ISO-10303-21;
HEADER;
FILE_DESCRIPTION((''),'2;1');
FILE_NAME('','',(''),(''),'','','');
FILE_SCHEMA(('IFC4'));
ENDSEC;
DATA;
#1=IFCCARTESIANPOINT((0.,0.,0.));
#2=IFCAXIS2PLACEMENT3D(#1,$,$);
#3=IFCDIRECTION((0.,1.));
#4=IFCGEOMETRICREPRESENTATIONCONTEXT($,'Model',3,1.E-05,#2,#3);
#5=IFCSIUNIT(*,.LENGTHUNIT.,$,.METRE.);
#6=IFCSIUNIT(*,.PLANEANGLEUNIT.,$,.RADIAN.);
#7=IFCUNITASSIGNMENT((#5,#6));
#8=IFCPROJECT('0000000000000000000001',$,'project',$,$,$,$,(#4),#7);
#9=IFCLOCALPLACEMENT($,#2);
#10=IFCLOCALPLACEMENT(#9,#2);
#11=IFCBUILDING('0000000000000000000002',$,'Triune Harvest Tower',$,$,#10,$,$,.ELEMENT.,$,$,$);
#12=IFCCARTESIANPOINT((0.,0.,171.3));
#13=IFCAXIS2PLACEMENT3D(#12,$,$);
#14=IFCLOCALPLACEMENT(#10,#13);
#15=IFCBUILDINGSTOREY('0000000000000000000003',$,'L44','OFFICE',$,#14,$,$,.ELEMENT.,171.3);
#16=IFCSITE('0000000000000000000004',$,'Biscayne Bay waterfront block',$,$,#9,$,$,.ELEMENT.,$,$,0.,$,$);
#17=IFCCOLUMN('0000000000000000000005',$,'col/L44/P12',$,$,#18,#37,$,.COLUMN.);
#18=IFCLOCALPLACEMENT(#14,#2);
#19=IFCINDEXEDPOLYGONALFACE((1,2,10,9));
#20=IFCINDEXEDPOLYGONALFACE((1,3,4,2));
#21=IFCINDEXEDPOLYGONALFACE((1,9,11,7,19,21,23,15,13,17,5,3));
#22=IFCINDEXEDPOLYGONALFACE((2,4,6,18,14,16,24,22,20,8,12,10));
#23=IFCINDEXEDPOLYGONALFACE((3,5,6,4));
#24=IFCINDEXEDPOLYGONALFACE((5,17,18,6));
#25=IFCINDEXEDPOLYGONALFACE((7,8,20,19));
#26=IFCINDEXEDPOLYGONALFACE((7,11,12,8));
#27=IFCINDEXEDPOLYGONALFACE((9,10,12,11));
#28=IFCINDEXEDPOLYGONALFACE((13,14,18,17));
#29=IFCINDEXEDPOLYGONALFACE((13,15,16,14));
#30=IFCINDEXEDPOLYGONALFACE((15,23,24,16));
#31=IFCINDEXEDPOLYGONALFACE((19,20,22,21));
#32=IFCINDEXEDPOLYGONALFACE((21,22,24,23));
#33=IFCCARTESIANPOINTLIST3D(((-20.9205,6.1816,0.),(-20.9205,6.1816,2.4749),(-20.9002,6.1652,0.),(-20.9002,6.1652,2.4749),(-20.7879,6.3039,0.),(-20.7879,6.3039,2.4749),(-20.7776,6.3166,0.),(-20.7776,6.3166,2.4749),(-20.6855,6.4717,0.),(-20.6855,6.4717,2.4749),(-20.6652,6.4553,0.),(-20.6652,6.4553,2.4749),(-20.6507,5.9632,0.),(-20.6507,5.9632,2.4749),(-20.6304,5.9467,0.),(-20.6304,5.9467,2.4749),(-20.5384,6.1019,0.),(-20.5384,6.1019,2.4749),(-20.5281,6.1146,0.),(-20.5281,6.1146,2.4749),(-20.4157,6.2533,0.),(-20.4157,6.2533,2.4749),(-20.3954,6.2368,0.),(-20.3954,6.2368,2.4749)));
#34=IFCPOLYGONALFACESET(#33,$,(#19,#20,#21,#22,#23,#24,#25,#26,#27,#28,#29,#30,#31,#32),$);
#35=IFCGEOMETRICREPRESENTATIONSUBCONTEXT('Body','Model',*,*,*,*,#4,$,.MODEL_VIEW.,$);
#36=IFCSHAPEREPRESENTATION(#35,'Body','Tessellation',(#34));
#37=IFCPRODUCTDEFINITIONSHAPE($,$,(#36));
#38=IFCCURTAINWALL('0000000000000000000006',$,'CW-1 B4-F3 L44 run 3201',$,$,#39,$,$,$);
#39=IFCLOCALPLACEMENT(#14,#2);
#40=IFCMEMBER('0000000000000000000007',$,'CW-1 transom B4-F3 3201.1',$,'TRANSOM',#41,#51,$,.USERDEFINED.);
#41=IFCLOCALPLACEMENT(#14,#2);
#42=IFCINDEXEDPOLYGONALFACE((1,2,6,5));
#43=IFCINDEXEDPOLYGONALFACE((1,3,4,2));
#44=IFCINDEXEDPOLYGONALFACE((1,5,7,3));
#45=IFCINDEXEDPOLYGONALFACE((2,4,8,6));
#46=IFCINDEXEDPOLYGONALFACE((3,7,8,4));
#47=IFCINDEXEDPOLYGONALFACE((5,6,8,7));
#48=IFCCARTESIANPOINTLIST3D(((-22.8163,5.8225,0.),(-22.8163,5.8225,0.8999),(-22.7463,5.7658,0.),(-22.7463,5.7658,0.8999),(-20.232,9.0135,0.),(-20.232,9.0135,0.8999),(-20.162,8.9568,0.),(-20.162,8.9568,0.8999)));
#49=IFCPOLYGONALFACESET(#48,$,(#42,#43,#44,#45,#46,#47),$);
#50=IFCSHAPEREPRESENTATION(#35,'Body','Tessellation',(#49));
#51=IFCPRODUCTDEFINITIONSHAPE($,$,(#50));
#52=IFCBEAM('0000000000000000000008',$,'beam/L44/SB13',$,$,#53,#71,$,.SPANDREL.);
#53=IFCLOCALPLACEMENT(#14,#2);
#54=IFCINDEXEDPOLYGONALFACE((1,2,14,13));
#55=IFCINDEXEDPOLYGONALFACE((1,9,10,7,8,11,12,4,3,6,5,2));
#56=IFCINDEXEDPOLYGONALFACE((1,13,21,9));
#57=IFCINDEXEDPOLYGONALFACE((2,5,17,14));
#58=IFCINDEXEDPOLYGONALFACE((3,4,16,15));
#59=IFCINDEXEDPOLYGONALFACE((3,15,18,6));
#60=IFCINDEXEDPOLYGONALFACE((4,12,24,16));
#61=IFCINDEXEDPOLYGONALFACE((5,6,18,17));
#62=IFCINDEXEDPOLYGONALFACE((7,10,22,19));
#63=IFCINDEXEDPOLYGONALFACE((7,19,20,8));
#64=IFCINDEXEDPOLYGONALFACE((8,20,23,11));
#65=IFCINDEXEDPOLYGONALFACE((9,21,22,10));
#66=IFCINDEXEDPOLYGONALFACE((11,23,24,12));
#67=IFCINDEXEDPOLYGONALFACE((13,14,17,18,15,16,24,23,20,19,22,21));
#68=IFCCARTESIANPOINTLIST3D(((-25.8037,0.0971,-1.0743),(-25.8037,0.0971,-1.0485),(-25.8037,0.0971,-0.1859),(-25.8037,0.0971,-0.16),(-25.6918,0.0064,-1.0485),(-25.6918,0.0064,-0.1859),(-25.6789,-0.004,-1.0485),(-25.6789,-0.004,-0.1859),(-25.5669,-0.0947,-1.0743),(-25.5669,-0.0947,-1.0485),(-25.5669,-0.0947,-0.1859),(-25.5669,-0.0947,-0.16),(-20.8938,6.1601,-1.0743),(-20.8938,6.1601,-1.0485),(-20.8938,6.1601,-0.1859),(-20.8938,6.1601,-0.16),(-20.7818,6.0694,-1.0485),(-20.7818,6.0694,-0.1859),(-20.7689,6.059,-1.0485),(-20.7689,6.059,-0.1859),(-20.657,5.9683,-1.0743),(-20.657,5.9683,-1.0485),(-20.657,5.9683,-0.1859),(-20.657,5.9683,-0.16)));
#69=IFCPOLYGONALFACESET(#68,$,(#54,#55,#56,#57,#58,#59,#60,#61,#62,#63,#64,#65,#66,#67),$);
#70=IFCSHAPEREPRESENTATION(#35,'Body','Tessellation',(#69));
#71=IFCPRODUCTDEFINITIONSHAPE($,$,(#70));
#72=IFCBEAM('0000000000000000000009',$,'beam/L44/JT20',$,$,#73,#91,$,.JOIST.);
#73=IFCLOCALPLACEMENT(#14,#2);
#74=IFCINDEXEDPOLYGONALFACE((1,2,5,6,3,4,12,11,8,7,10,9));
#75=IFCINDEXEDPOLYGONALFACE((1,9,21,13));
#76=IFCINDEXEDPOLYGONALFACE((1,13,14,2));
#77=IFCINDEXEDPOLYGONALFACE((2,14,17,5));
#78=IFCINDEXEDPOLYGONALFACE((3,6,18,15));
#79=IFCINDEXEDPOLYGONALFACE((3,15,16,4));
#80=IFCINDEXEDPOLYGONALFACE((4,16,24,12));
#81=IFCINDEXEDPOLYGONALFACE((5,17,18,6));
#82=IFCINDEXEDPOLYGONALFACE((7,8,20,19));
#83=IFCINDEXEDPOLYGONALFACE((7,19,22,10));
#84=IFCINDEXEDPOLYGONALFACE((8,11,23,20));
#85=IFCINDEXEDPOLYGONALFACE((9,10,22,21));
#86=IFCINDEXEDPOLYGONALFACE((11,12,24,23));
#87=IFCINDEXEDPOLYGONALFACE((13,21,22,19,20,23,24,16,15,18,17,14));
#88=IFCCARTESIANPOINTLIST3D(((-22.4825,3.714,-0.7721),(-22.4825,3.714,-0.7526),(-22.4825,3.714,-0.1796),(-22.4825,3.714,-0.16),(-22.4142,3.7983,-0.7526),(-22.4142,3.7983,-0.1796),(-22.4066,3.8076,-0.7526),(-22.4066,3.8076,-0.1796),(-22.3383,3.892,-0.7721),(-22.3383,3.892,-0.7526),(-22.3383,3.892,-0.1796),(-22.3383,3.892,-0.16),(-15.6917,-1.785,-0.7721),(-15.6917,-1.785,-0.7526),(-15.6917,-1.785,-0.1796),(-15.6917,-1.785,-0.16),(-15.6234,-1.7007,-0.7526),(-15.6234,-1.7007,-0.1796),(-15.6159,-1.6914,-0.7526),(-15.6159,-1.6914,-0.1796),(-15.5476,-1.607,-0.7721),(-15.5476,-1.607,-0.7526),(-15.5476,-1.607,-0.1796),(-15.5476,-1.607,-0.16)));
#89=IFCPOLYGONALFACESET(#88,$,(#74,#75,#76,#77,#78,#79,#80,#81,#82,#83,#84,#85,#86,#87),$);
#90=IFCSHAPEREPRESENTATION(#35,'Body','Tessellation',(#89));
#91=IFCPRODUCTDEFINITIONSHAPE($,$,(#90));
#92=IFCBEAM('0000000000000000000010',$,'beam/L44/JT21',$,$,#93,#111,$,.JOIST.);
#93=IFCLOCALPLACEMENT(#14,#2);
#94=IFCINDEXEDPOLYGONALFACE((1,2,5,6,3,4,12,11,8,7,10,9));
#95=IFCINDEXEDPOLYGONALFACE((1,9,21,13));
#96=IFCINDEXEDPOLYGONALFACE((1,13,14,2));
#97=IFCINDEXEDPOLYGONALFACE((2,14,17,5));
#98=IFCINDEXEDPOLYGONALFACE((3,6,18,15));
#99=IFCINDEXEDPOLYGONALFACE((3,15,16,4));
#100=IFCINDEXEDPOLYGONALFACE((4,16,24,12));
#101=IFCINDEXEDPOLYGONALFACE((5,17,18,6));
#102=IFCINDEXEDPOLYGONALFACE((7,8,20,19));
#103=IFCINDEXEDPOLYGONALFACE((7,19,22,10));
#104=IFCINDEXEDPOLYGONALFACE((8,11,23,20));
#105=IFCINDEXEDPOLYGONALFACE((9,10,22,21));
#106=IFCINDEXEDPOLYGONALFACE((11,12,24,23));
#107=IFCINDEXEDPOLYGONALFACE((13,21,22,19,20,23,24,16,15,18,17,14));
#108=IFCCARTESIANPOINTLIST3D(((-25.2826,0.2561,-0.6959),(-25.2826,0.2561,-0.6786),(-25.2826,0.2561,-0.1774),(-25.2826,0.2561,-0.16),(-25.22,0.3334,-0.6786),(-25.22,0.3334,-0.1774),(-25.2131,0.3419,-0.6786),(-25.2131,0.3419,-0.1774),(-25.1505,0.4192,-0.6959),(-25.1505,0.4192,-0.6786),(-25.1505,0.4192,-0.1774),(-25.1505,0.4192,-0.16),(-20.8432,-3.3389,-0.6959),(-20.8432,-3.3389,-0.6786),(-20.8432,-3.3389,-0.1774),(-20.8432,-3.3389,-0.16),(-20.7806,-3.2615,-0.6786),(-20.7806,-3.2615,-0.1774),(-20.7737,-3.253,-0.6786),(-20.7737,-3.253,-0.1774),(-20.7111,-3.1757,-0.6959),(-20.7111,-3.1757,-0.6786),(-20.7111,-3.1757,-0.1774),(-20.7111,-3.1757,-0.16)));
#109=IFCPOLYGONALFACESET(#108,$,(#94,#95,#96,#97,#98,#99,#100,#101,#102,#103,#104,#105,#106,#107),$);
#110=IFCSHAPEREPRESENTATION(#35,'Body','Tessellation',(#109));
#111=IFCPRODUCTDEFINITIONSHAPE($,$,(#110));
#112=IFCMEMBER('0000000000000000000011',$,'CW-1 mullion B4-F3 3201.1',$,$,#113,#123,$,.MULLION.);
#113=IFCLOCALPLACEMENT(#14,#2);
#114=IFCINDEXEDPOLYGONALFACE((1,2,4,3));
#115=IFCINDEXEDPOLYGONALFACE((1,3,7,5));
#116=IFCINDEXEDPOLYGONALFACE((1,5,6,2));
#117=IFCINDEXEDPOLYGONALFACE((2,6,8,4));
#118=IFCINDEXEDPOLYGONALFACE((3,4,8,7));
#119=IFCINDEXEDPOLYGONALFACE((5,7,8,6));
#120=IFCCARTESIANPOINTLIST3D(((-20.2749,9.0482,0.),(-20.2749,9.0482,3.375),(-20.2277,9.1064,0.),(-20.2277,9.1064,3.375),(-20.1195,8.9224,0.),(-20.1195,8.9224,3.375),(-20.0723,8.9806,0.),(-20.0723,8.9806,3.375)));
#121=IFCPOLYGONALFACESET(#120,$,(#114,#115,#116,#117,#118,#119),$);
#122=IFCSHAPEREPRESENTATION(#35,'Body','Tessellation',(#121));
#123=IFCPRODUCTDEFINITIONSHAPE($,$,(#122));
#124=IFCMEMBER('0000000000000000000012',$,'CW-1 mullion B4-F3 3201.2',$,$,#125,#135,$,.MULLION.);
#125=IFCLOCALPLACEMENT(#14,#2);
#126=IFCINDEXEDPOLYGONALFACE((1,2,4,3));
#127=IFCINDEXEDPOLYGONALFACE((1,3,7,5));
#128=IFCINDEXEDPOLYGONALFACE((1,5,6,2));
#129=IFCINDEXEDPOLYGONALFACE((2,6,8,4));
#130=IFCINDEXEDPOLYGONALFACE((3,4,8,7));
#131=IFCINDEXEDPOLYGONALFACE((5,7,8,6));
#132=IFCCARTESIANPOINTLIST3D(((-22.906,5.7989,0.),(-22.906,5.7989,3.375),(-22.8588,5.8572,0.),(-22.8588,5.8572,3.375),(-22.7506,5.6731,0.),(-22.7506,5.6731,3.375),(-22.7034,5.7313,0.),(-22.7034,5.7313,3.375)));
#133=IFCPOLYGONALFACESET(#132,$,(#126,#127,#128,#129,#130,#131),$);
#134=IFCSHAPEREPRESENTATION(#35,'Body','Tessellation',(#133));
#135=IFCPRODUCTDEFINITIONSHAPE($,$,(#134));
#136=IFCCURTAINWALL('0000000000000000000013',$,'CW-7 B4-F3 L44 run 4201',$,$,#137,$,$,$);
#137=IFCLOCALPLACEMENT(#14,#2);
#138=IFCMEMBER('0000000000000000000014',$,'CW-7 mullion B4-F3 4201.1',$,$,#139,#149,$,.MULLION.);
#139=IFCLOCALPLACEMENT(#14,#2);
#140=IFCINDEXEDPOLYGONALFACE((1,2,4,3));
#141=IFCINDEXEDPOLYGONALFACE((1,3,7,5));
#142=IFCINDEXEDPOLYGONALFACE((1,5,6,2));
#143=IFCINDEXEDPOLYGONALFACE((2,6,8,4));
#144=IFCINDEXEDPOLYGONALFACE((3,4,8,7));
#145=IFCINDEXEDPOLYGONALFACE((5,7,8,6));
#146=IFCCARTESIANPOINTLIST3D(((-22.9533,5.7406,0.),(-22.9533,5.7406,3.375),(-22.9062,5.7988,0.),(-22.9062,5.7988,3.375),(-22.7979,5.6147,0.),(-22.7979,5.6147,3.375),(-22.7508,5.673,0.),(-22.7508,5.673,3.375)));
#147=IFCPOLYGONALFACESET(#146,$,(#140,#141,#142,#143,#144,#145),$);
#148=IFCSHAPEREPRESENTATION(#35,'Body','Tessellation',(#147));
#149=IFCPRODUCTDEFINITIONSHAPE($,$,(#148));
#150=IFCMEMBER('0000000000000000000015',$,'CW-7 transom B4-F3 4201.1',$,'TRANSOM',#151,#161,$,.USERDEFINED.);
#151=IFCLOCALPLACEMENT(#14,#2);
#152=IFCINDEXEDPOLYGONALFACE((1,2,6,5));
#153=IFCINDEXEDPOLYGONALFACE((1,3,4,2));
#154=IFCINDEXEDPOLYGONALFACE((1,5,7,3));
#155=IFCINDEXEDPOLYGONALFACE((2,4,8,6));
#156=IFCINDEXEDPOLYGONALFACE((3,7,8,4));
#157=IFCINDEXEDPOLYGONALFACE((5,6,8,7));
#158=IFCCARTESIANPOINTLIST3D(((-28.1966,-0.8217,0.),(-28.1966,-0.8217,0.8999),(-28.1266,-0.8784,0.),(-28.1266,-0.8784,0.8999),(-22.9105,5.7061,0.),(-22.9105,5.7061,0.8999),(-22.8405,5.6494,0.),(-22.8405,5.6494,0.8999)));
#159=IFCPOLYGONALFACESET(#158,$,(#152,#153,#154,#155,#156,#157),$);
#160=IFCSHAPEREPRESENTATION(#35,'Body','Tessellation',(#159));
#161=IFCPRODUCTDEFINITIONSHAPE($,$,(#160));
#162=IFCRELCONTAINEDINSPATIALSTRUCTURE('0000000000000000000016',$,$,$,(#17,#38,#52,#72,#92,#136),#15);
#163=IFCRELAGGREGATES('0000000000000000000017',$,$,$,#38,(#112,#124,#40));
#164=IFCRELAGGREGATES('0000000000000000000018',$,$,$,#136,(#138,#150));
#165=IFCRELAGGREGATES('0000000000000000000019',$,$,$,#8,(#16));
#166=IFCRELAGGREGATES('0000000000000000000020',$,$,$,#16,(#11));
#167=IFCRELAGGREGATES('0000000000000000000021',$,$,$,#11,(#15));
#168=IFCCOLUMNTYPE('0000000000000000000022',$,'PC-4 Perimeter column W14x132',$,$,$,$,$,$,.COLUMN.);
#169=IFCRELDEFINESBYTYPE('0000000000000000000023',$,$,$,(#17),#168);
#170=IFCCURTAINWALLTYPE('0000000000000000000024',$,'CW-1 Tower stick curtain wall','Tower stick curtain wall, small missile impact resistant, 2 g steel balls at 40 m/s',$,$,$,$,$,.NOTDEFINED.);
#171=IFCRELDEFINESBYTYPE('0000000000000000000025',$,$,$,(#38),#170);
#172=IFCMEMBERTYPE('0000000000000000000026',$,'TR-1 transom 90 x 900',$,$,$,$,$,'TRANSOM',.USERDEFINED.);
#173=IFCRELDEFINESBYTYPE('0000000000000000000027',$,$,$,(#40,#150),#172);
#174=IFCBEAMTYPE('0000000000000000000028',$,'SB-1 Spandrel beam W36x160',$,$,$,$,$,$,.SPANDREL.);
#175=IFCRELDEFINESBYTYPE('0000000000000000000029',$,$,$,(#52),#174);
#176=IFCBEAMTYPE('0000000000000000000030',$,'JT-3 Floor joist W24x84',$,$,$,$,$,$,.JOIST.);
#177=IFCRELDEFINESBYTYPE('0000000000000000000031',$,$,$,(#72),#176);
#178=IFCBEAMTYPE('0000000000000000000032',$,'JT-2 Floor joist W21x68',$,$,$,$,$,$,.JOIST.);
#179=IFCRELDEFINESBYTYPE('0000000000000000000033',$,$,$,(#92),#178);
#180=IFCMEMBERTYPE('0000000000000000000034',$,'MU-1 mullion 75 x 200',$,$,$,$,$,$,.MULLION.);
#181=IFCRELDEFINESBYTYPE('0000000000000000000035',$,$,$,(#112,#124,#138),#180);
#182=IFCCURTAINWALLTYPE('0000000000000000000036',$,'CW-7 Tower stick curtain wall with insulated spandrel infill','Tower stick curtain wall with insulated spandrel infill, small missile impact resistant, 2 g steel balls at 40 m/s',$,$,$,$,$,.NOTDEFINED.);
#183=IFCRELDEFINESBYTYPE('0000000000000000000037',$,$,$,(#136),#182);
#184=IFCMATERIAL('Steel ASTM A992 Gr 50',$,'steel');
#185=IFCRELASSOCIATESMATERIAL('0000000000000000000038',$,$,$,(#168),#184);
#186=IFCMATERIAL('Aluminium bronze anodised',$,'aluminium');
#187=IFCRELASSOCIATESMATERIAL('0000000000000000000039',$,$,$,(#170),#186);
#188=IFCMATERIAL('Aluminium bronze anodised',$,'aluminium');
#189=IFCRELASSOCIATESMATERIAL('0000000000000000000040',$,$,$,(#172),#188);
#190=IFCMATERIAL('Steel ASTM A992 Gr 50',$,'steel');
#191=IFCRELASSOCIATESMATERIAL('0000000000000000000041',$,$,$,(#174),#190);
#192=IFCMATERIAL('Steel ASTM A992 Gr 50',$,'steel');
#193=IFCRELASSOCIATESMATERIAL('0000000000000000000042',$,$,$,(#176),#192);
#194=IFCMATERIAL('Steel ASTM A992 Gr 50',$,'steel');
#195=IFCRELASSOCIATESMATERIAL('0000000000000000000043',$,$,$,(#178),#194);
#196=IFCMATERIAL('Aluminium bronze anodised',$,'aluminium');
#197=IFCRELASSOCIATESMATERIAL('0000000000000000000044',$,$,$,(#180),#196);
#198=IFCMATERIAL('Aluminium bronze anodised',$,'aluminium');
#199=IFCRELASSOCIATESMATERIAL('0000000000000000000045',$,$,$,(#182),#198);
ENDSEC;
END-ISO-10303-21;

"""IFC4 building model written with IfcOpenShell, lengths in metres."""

from ifc_helpers import new_model, si_unit, direction, frame, origin, origin_2d, place, context, subcontext, project, spatial, rectangle, i_section, extrude, source, transform, mapped, material, material_profile, profile_set, type_object, element, aggregate, save


model = new_model("IFC4")

# Units and contexts
model_context = context("Model", 3, precision=1e-05, world=origin(), true_north=direction((0.0, 1.0)))
body_context = subcontext(model_context, "Body", "Model", "MODEL_VIEW")
ifc_project = project(units=[si_unit("LENGTHUNIT", "METRE"), si_unit("PLANEANGLEUNIT", "RADIAN")], contexts=[model_context])

# Site, building, storey
site_placement = place(None, origin())
site = spatial("IfcSite", under=ifc_project, at=site_placement, Name="Biscayne Bay waterfront block", CompositionType="ELEMENT", RefElevation=0.0)
building_placement = place(site_placement, origin())
building = spatial("IfcBuilding", under=site, at=building_placement, Name="Triune Harvest Tower", CompositionType="ELEMENT")
storey_placement = place(building_placement, frame((0.0, 0.0, 171.3)))
storey = spatial("IfcBuildingStorey", under=building, at=storey_placement, Name="L44", Description="OFFICE", CompositionType="ELEMENT", Elevation=171.3)

# Column
ifc_material_1 = material(Name="Steel ASTM A992 Gr 50", Category="steel")
ifc_material_profile_1 = material_profile(ifc_material_1, i_section(OverallWidth=0.3733, OverallDepth=0.3733, WebThickness=0.0164, FlangeThickness=0.0261, at=origin_2d()), Name="W14x132")
ifc_profile_set_1 = profile_set([ifc_material_profile_1], Name="Steel ASTM A992 Gr 50")
column_type = type_object("IfcColumnType", Name="PC-4 Perimeter column W14x132", PredefinedType="COLUMN", material=ifc_profile_set_1)
shared_shape_1 = source(origin(), body_context, "Body", "SweptSolid", [
    extrude(i_section(OverallWidth=0.3733, OverallDepth=0.3733, WebThickness=0.0164, FlangeThickness=0.0261, at=origin_2d()), origin(), (0.0, 0.0, 1.0), 2.4749),
])
column_placement = place(storey_placement, frame((-20.658, 6.2092, 0.0), z_axis=(0.0, 0.0, 1.0), x_axis=(-0.629322, -0.777145, 0.0)))
element("IfcColumn", 1, at=column_placement, inside=storey, type_object=column_type, Name="col/L44/P12", PredefinedType="COLUMN", context=body_context, shape_type="MappedRepresentation", body=[
    mapped(shared_shape_1, transform((0.0, 0.0, 0.0), scale=1.0)),
])

# Curtain wall, member
ifc_material_2 = material(Name="Aluminium bronze anodised", Category="aluminium")
curtain_wall_type_1 = type_object("IfcCurtainWallType", Name="CW-1 Tower stick curtain wall", Description="Tower stick curtain wall, small missile impact resistant, 2 g steel balls at 40 m/s", PredefinedType="NOTDEFINED", material=ifc_material_2)
curtain_wall_1_placement = place(storey_placement, origin())
curtain_wall_1 = element("IfcCurtainWall", 2, at=curtain_wall_1_placement, inside=storey, type_object=curtain_wall_type_1, Name="CW-1 B4-F3 L44 run 3201")
ifc_material_3 = material(Name="Aluminium bronze anodised", Category="aluminium")
ifc_material_profile_2 = material_profile(ifc_material_3, rectangle(XDim=0.0901, YDim=0.8999, at=origin_2d()), Name="TR-1 transom 90 x 900")
ifc_profile_set_2 = profile_set([ifc_material_profile_2], Name="Aluminium bronze anodised")
member_type_1 = type_object("IfcMemberType", Name="TR-1 transom 90 x 900", ElementType="TRANSOM", PredefinedType="USERDEFINED", material=ifc_profile_set_2)
member_1_placement = place(storey_placement, frame((-20.197, 8.9851, 0.45), z_axis=(-0.629361, -0.777113, 0.0), x_axis=(0.777113, -0.629361, 0.0)))
member_1 = element("IfcMember", 3, at=member_1_placement, type_object=member_type_1, Name="CW-1 transom B4-F3 3201.1", ObjectType="TRANSOM", PredefinedType="USERDEFINED", context=body_context, shape_type="SweptSolid", body=[
    extrude(rectangle(XDim=0.0901, YDim=0.8999, at=origin_2d()), origin(), (0.0, 0.0, 1.0), 4.1062),
])

# Beams
ifc_material_4 = material(Name="Steel ASTM A992 Gr 50", Category="steel")
ifc_material_profile_3 = material_profile(ifc_material_4, i_section(OverallWidth=0.3047, OverallDepth=0.9143, WebThickness=0.0166, FlangeThickness=0.0259, at=origin_2d()), Name="W36x160")
ifc_profile_set_3 = profile_set([ifc_material_profile_3], Name="Steel ASTM A992 Gr 50")
beam_type_1 = type_object("IfcBeamType", Name="SB-1 Spandrel beam W36x160", PredefinedType="SPANDREL", material=ifc_profile_set_3)
shared_shape_2 = source(origin(), body_context, "Body", "SweptSolid", [
    extrude(i_section(OverallWidth=0.3047, OverallDepth=0.9143, WebThickness=0.0166, FlangeThickness=0.0259, at=origin_2d()), origin(), (0.0, 0.0, 1.0), 7.8018),
])
beam_1_placement = place(storey_placement, frame((-20.7754, 6.0642, -0.6172), z_axis=(-0.629336, -0.777133, 0.0), x_axis=(0.777133, -0.629336, 0.0)))
element("IfcBeam", 4, at=beam_1_placement, inside=storey, type_object=beam_type_1, Name="beam/L44/SB13", PredefinedType="SPANDREL", context=body_context, shape_type="MappedRepresentation", body=[
    mapped(shared_shape_2, transform((0.0, 0.0, 0.0), scale=1.0)),
])
ifc_material_5 = material(Name="Steel ASTM A992 Gr 50", Category="steel")
ifc_material_profile_4 = material_profile(ifc_material_5, i_section(OverallWidth=0.229, OverallDepth=0.6121, WebThickness=0.012, FlangeThickness=0.0195, at=origin_2d()), Name="W24x84")
ifc_profile_set_4 = profile_set([ifc_material_profile_4], Name="Steel ASTM A992 Gr 50")
beam_type_2 = type_object("IfcBeamType", Name="JT-3 Floor joist W24x84", PredefinedType="JOIST", material=ifc_profile_set_4)
shared_shape_3 = source(origin(), body_context, "Body", "SweptSolid", [
    extrude(i_section(OverallWidth=0.229, OverallDepth=0.6121, WebThickness=0.012, FlangeThickness=0.0195, at=origin_2d()), origin(), (0.0, 0.0, 1.0), 8.738),
])
beam_2_placement = place(storey_placement, frame((-22.4104, 3.803, -0.4661), z_axis=(0.777148, -0.629318, 0.0), x_axis=(0.629318, 0.777148, 0.0)))
element("IfcBeam", 5, at=beam_2_placement, inside=storey, type_object=beam_type_2, Name="beam/L44/JT20", PredefinedType="JOIST", context=body_context, shape_type="MappedRepresentation", body=[
    mapped(shared_shape_3, transform((0.0, 0.0, 0.0), scale=1.0)),
])
ifc_material_6 = material(Name="Steel ASTM A992 Gr 50", Category="steel")
ifc_material_profile_5 = material_profile(ifc_material_6, i_section(OverallWidth=0.21, OverallDepth=0.5359, WebThickness=0.011, FlangeThickness=0.0173, at=origin_2d()), Name="W21x68")
ifc_profile_set_5 = profile_set([ifc_material_profile_5], Name="Steel ASTM A992 Gr 50")
beam_type_3 = type_object("IfcBeamType", Name="JT-2 Floor joist W21x68", PredefinedType="JOIST", material=ifc_profile_set_5)
shared_shape_4 = source(origin(), body_context, "Body", "SweptSolid", [
    extrude(i_section(OverallWidth=0.21, OverallDepth=0.5359, WebThickness=0.011, FlangeThickness=0.0173, at=origin_2d()), origin(), (0.0, 0.0, 1.0), 5.7124),
])
beam_3_placement = place(storey_placement, frame((-25.2166, 0.3376, -0.428), z_axis=(0.777148, -0.629317, 0.0), x_axis=(0.629317, 0.777148, 0.0)))
element("IfcBeam", 6, at=beam_3_placement, inside=storey, type_object=beam_type_3, Name="beam/L44/JT21", PredefinedType="JOIST", context=body_context, shape_type="MappedRepresentation", body=[
    mapped(shared_shape_4, transform((0.0, 0.0, 0.0), scale=1.0)),
])

# Members
ifc_material_7 = material(Name="Aluminium bronze anodised", Category="aluminium")
ifc_material_profile_6 = material_profile(ifc_material_7, rectangle(XDim=0.2, YDim=0.075, at=origin_2d()), Name="MU-1 mullion 75 x 200")
ifc_profile_set_6 = profile_set([ifc_material_profile_6], Name="Aluminium bronze anodised")
member_type_2 = type_object("IfcMemberType", Name="MU-1 mullion 75 x 200", PredefinedType="MULLION", material=ifc_profile_set_6)
shared_shape_5 = source(origin(), body_context, "Body", "SweptSolid", [
    extrude(rectangle(XDim=0.2, YDim=0.075, at=origin_2d()), origin(), (0.0, 0.0, 1.0), 3.375),
])
member_2_placement = place(storey_placement, frame((-20.1736, 9.0144, 0.0), z_axis=(0.0, 0.0, 1.0), x_axis=(0.777139, -0.629329, 0.0)))
member_2 = element("IfcMember", 7, at=member_2_placement, type_object=member_type_2, Name="CW-1 mullion B4-F3 3201.1", PredefinedType="MULLION", context=body_context, shape_type="MappedRepresentation", body=[
    mapped(shared_shape_5, transform((0.0, 0.0, 0.0), scale=1.0)),
])
member_3_placement = place(storey_placement, frame((-22.8047, 5.7651, 0.0), z_axis=(0.0, 0.0, 1.0), x_axis=(0.777139, -0.629329, 0.0)))
member_3 = element("IfcMember", 8, at=member_3_placement, type_object=member_type_2, Name="CW-1 mullion B4-F3 3201.2", PredefinedType="MULLION", context=body_context, shape_type="MappedRepresentation", body=[
    mapped(shared_shape_5, transform((0.0, 0.0, 0.0), scale=1.0)),
])

# Curtain wall, members
ifc_material_8 = material(Name="Aluminium bronze anodised", Category="aluminium")
curtain_wall_type_2 = type_object("IfcCurtainWallType", Name="CW-7 Tower stick curtain wall with insulated spandrel infill", Description="Tower stick curtain wall with insulated spandrel infill, small missile impact resistant, 2 g steel balls at 40 m/s", PredefinedType="NOTDEFINED", material=ifc_material_8)
curtain_wall_2_placement = place(storey_placement, origin())
curtain_wall_2 = element("IfcCurtainWall", 9, at=curtain_wall_2_placement, inside=storey, type_object=curtain_wall_type_2, Name="CW-7 B4-F3 L44 run 4201")
member_4_placement = place(storey_placement, frame((-22.8521, 5.7068, 0.0), z_axis=(0.0, 0.0, 1.0), x_axis=(0.777147, -0.629319, 0.0)))
member_4 = element("IfcMember", 10, at=member_4_placement, type_object=member_type_2, Name="CW-7 mullion B4-F3 4201.1", PredefinedType="MULLION", context=body_context, shape_type="MappedRepresentation", body=[
    mapped(shared_shape_5, transform((0.0, 0.0, 0.0), scale=1.0)),
])
shared_shape_6 = source(origin(), body_context, "Body", "SweptSolid", [
    extrude(rectangle(XDim=0.0901, YDim=0.8999, at=origin_2d()), origin(), (0.0, 0.0, 1.0), 8.3997),
])
member_5_placement = place(storey_placement, frame((-22.8755, 5.6777, 0.45), z_axis=(-0.62932, -0.777146, 0.0), x_axis=(0.777146, -0.62932, 0.0)))
member_5 = element("IfcMember", 11, at=member_5_placement, type_object=member_type_1, Name="CW-7 transom B4-F3 4201.1", ObjectType="TRANSOM", PredefinedType="USERDEFINED", context=body_context, shape_type="MappedRepresentation", body=[
    mapped(shared_shape_6, transform((0.0, 0.0, 0.0), scale=1.0)),
])

aggregate(curtain_wall_1, [member_2, member_3, member_1])
aggregate(curtain_wall_2, [member_4, member_5])

save(model, "model.ifc")
